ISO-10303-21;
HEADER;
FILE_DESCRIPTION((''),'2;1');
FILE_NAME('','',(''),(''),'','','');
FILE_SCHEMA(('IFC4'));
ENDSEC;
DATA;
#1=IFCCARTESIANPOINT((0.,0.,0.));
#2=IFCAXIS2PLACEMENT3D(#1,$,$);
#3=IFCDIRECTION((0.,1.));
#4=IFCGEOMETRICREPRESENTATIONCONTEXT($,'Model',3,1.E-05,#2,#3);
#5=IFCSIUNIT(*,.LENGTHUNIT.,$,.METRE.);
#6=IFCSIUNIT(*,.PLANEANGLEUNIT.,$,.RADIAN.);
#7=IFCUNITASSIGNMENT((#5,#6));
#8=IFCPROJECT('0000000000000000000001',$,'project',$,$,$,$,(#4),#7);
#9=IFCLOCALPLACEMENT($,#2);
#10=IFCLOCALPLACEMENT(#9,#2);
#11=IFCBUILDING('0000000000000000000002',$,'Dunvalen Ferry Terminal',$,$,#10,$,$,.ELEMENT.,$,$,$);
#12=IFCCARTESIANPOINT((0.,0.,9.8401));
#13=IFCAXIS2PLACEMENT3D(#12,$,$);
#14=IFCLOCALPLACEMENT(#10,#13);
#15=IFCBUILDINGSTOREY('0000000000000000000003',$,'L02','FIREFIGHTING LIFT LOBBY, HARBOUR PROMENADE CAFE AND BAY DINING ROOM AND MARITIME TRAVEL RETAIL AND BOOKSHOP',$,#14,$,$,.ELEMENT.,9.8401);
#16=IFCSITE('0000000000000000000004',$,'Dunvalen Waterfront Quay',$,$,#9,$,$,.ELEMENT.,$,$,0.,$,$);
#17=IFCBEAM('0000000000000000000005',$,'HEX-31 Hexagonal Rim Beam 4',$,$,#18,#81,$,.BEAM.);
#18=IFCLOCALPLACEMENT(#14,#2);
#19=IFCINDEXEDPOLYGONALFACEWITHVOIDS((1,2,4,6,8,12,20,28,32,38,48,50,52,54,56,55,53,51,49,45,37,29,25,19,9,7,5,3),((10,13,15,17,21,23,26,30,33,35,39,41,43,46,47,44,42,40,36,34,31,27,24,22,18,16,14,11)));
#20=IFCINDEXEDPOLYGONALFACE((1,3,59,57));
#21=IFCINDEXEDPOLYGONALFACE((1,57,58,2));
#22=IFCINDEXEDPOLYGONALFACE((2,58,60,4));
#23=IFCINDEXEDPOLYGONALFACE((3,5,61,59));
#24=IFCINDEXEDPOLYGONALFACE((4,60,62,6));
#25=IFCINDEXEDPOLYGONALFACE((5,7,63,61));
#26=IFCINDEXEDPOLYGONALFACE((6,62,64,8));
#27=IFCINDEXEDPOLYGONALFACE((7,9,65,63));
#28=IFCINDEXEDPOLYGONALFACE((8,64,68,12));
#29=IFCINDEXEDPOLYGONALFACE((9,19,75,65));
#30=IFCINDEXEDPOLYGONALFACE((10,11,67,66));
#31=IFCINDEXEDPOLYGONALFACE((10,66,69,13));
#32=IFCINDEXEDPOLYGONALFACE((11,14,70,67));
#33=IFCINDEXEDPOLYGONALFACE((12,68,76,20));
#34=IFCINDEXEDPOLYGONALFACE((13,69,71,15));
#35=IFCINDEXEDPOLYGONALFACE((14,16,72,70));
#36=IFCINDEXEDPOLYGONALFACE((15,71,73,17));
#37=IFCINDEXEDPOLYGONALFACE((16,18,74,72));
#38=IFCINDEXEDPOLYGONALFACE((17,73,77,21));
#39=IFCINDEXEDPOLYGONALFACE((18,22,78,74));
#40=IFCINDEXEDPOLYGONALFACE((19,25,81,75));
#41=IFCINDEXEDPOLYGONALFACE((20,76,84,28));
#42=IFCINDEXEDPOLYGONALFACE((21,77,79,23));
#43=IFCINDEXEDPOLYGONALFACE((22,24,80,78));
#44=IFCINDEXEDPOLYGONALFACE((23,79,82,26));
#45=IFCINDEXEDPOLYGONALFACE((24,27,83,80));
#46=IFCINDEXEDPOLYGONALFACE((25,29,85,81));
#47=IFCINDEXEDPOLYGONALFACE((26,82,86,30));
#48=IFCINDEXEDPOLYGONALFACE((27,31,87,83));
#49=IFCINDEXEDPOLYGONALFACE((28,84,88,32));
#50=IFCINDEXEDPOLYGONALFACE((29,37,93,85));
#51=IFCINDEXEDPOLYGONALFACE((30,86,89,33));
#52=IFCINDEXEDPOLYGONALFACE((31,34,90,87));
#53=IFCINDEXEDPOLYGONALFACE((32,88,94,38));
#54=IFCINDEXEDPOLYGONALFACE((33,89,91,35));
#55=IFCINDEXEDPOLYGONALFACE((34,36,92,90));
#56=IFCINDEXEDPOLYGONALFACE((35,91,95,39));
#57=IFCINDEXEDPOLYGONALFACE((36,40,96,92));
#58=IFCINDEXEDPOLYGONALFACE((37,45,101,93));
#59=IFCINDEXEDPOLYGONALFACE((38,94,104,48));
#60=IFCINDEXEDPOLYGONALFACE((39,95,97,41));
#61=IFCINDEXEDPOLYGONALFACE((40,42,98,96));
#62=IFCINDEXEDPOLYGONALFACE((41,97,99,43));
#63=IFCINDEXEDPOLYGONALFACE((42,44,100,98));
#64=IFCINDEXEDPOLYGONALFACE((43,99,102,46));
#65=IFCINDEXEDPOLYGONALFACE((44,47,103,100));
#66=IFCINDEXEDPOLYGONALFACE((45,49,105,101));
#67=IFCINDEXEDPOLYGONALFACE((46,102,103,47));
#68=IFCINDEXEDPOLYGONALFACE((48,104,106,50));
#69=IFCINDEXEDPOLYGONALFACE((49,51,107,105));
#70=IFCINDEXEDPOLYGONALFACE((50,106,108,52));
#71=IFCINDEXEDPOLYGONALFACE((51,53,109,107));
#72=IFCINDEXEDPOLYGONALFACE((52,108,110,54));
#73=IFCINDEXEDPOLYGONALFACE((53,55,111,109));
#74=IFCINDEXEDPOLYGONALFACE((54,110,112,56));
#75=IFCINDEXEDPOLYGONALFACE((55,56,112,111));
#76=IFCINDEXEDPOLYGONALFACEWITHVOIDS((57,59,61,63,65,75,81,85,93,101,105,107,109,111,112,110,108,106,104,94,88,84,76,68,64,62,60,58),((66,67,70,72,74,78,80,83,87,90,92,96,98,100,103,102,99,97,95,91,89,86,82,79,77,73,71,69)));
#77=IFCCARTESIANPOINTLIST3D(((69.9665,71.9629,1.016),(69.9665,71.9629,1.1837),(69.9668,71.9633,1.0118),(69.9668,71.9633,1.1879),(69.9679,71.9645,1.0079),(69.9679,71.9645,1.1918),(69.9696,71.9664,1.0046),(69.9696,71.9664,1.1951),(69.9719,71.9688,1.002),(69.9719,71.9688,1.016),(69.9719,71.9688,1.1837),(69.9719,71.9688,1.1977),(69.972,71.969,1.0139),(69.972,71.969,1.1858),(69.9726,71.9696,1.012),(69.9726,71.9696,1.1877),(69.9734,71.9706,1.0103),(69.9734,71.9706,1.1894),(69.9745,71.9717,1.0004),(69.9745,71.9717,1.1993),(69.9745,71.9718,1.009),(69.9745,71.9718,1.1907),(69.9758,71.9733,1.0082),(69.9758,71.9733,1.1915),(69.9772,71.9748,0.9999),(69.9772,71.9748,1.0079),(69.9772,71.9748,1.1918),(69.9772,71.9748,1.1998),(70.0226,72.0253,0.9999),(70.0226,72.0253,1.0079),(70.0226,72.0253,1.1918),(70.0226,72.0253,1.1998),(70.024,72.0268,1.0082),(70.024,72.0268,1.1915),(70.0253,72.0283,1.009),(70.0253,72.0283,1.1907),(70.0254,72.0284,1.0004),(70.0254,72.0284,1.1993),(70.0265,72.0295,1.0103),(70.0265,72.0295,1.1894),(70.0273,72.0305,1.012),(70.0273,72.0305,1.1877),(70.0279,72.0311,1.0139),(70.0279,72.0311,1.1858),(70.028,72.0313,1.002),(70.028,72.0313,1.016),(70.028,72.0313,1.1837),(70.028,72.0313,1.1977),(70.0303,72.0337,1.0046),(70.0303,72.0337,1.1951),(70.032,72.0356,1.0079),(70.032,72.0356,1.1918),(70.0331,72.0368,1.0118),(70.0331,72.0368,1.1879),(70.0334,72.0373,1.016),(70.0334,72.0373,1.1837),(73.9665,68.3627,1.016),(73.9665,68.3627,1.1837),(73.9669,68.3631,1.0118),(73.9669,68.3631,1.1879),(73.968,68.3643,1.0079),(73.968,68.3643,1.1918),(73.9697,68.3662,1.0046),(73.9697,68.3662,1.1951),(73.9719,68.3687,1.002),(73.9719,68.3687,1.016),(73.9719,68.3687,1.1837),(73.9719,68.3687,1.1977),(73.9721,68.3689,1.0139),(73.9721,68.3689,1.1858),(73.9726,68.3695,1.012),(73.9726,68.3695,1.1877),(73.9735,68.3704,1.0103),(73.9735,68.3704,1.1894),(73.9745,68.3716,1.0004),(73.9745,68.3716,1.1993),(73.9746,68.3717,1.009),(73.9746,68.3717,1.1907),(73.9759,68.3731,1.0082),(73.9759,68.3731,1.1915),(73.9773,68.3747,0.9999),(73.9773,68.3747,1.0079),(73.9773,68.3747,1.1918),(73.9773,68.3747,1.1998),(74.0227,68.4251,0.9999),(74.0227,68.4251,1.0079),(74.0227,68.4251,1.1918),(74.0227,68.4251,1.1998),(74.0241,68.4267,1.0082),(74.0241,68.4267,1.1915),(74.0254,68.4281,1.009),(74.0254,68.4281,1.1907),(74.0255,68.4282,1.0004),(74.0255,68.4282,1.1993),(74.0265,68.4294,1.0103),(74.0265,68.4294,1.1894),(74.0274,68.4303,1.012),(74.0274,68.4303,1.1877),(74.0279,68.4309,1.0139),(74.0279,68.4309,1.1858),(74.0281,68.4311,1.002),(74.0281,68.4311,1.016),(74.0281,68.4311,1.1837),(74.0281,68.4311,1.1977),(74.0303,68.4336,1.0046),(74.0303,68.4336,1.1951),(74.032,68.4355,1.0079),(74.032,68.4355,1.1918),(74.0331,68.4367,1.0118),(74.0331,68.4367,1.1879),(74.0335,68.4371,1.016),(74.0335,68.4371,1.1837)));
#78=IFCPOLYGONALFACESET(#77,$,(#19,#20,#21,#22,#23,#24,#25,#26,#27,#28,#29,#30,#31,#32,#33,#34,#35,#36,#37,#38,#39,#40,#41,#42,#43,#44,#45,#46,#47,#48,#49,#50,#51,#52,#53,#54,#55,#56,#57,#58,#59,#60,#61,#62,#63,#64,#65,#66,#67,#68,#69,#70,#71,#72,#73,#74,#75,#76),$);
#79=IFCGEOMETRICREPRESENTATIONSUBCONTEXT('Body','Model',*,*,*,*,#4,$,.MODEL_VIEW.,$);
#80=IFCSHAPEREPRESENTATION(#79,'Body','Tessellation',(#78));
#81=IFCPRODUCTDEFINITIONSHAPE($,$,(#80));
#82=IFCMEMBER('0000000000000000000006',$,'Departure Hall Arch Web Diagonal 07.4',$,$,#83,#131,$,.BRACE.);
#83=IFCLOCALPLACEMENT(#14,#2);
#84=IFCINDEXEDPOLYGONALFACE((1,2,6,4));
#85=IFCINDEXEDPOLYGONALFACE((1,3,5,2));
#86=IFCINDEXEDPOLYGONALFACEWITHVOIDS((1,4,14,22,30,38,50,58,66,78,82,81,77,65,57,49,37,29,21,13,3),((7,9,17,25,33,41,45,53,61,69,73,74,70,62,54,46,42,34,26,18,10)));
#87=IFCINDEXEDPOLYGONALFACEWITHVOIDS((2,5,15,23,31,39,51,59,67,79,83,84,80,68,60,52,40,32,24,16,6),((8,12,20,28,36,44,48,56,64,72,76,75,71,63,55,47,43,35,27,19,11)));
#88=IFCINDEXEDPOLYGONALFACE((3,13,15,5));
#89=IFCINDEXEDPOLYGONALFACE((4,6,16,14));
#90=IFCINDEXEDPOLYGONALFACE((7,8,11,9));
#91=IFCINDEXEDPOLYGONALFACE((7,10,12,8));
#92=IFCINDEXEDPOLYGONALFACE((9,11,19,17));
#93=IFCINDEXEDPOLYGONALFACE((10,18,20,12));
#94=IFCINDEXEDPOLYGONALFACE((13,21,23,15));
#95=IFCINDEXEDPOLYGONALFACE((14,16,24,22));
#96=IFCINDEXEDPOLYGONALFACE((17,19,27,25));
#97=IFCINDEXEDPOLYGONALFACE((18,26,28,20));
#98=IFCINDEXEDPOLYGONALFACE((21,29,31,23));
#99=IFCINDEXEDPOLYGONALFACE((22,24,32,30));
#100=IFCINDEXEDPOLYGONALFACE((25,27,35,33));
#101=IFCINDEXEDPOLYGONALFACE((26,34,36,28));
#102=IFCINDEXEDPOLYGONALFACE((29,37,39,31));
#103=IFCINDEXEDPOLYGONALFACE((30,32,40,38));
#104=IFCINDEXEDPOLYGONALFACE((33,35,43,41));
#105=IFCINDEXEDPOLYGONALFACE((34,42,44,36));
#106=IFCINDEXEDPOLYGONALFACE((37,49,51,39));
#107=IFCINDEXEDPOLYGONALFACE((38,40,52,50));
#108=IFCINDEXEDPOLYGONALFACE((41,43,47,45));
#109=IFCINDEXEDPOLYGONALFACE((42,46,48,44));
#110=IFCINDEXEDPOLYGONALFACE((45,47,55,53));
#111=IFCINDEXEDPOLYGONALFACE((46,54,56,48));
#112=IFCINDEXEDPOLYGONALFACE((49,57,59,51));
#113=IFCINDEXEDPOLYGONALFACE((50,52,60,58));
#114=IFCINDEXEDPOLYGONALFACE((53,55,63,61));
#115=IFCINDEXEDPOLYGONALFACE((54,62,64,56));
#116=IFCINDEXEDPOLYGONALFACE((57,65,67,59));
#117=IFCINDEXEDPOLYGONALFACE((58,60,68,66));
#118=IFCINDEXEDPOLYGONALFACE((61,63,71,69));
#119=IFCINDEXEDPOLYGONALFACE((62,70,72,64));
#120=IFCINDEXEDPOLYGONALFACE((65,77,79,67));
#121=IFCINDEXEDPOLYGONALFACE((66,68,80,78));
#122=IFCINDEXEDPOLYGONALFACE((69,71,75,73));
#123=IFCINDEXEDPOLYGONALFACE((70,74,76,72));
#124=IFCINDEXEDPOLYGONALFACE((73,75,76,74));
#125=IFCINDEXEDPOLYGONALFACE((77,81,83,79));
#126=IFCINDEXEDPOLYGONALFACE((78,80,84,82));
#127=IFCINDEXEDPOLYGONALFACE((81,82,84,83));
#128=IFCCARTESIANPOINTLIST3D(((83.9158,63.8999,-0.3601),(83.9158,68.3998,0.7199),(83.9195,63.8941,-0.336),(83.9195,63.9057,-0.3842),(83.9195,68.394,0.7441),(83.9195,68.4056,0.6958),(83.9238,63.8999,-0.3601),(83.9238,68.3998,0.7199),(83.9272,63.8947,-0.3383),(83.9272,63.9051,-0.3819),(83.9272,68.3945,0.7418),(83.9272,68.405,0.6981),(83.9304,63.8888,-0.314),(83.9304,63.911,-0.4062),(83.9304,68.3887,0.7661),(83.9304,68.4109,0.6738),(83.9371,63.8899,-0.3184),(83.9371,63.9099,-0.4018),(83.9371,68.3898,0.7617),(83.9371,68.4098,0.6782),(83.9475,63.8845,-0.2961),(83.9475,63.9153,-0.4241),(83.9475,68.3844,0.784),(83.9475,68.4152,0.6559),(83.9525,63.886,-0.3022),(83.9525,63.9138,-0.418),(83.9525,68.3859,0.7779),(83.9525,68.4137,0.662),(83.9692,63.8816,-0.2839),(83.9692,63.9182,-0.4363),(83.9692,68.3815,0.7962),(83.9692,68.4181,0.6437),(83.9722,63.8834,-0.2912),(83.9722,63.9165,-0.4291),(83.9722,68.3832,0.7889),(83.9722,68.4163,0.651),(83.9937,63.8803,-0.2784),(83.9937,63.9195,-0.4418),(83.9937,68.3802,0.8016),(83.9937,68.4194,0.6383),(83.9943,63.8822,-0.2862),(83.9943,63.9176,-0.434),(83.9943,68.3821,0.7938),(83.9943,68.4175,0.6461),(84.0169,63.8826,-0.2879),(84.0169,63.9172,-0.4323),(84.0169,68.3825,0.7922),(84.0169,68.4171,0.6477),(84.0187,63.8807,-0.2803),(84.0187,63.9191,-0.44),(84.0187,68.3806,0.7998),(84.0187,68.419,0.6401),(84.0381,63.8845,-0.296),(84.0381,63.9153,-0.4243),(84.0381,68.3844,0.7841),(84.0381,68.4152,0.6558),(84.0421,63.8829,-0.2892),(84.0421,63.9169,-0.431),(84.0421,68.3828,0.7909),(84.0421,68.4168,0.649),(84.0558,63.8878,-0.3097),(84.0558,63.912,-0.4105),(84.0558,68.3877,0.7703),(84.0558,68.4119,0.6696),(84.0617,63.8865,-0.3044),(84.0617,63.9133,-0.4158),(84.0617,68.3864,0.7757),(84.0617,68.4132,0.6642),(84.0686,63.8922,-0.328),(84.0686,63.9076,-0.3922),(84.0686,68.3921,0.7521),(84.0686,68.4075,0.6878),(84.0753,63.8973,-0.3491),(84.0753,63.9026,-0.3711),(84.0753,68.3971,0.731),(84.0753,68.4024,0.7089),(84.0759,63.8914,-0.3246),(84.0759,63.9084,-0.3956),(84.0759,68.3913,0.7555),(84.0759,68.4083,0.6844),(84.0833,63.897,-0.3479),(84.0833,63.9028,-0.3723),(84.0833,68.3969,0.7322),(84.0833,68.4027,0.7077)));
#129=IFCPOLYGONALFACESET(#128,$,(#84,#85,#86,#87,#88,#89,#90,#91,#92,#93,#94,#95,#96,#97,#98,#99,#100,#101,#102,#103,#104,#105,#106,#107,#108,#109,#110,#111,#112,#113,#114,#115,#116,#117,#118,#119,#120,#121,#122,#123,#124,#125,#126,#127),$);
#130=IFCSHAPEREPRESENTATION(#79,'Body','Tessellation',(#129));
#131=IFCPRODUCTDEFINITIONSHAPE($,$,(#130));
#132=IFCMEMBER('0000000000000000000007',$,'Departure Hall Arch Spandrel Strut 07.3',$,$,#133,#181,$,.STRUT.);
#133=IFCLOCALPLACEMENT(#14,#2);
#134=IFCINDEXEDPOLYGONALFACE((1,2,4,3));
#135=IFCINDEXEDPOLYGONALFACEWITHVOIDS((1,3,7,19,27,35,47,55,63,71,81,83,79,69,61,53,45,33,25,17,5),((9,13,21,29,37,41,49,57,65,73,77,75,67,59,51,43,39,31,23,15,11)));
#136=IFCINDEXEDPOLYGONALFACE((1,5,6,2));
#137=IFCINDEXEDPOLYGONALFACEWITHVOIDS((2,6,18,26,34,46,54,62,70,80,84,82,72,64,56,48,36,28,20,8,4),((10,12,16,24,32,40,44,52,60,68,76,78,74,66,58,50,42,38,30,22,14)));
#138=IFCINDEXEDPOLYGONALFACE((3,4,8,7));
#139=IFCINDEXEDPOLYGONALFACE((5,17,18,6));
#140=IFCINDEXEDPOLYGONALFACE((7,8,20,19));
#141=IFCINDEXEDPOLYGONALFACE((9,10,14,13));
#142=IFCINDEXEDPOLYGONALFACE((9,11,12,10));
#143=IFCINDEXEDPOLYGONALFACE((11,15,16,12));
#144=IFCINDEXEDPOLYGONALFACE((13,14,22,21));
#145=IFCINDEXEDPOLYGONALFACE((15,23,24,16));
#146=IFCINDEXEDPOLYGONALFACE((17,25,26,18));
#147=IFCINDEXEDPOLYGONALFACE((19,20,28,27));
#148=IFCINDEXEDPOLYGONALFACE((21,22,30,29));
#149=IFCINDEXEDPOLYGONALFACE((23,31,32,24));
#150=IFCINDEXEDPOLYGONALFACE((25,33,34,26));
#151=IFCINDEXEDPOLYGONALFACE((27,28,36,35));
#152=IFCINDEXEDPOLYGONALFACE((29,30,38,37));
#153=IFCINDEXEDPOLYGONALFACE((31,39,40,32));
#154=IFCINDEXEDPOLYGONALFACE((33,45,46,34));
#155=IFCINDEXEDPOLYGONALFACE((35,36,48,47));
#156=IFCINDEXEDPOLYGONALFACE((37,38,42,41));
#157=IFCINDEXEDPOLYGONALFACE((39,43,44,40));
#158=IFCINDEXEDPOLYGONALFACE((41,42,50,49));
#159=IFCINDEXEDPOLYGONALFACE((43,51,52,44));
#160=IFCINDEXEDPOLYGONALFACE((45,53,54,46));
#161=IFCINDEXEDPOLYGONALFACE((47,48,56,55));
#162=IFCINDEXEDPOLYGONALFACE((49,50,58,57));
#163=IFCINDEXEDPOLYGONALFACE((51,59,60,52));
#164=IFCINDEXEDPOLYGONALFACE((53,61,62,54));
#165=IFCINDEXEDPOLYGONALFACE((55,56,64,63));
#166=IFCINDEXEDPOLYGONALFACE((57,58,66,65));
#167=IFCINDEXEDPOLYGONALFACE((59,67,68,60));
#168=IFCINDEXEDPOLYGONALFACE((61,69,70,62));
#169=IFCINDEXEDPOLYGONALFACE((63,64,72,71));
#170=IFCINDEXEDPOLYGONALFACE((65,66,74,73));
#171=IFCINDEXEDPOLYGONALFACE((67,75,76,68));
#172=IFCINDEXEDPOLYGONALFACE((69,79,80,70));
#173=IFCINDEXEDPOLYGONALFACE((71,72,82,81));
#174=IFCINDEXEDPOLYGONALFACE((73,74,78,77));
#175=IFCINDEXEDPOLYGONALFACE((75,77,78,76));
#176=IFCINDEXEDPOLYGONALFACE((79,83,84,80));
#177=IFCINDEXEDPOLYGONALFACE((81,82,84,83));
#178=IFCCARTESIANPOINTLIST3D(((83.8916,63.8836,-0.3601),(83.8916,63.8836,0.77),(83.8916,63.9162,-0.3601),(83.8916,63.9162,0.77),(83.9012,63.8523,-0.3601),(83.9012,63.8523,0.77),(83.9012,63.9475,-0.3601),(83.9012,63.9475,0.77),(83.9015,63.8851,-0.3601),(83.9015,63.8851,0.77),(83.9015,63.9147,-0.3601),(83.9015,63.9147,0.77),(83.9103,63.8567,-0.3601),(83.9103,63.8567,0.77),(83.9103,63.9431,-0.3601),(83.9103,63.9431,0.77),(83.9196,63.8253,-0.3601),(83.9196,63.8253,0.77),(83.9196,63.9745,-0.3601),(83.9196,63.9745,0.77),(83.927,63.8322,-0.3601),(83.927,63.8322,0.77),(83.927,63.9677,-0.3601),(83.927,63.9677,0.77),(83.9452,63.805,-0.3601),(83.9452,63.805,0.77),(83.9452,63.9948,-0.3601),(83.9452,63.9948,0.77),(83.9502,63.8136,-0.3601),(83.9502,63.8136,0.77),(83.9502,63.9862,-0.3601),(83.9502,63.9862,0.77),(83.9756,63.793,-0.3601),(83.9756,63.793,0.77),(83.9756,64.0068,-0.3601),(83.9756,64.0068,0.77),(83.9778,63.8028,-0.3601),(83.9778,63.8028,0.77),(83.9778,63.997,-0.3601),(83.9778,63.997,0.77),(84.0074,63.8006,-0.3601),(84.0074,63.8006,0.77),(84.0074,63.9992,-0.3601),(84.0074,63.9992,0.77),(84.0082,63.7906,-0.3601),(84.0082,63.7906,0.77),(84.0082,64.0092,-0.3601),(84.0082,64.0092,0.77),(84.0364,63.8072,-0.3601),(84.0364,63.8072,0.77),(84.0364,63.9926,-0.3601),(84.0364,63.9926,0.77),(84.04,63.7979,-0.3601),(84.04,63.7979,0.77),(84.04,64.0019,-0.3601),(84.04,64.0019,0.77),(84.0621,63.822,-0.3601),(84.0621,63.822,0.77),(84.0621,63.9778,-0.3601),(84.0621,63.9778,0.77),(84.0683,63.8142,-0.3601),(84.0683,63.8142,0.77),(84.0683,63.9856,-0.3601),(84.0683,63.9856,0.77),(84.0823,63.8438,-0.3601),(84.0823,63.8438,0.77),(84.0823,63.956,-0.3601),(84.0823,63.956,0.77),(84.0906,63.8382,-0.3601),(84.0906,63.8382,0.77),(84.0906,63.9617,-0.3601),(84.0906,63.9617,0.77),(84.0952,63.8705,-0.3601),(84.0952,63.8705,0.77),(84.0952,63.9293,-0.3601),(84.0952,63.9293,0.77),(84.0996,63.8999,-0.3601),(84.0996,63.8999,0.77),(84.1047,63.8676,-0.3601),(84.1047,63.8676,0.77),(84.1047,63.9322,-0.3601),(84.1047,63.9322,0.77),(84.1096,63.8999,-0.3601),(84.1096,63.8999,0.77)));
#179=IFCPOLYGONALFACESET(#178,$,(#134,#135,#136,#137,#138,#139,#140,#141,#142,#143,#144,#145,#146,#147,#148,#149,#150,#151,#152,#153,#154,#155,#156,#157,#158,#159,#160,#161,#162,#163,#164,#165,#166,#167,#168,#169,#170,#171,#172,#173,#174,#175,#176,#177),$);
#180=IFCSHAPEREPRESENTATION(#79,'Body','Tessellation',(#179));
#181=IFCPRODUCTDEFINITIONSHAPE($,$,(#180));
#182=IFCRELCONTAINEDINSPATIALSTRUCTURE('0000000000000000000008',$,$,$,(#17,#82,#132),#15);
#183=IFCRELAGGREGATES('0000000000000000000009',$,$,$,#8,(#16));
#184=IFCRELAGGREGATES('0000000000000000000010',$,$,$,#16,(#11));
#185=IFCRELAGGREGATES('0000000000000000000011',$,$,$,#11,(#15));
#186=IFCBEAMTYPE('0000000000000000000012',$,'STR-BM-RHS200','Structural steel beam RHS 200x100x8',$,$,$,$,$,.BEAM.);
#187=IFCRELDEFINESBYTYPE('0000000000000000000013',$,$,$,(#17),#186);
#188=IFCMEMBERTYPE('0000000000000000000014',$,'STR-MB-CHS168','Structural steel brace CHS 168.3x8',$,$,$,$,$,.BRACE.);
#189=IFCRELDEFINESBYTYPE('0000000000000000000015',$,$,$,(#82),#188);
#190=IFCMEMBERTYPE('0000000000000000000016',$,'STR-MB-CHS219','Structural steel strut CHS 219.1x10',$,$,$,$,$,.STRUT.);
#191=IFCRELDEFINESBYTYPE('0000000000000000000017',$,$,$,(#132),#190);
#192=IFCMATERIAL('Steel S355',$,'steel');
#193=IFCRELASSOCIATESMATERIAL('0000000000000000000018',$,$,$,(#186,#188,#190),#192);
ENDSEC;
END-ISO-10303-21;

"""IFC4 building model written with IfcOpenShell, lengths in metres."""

from ifc_helpers import new_model, si_unit, direction, frame, origin, origin_2d, place, context, subcontext, project, spatial, hollow_rectangle, hollow_circle, extrude, material, material_profile, profile_set, type_object, element, save


model = new_model("IFC4")

# Units and contexts
model_context = context("Model", 3, precision=1e-05, world=origin(), true_north=direction((0.0, 1.0)))
body_context = subcontext(model_context, "Body", "Model", "MODEL_VIEW")
ifc_project = project(units=[si_unit("LENGTHUNIT", "METRE"), si_unit("PLANEANGLEUNIT", "RADIAN")], contexts=[model_context])

# Site, building, storey
site_placement = place(None, origin())
site = spatial("IfcSite", under=ifc_project, at=site_placement, Name="Dunvalen Waterfront Quay", CompositionType="ELEMENT", RefElevation=0.0)
building_placement = place(site_placement, origin())
building = spatial("IfcBuilding", under=site, at=building_placement, Name="Dunvalen Ferry Terminal", CompositionType="ELEMENT")
storey_placement = place(building_placement, frame((0.0, 0.0, 9.8401)))
storey = spatial("IfcBuildingStorey", under=building, at=storey_placement, Name="L02", Description="FIREFIGHTING LIFT LOBBY, HARBOUR PROMENADE CAFE AND BAY DINING ROOM AND MARITIME TRAVEL RETAIL AND BOOKSHOP", CompositionType="ELEMENT", Elevation=9.8401)

# Beam
ifc_material_1 = material(Name="Steel S355", Category="steel")
ifc_material_profile_1 = material_profile(ifc_material_1, hollow_rectangle(XDim=0.1001, YDim=0.2, WallThickness=0.0081, InnerFilletRadius=0.0081, OuterFilletRadius=0.0161, at=origin_2d()), Name="Steel S355")
ifc_profile_set_1 = profile_set([ifc_material_profile_1], Name="Steel S355")
beam_type_1 = type_object("IfcBeamType", Name="STR-BM-RHS200", Description="Structural steel beam RHS 200x100x8", PredefinedType="BEAM", material=ifc_profile_set_1)
beam_1_placement = place(storey_placement, frame((74.0, 68.3999, 1.0999), z_axis=(-0.743285, 0.668975, 0.0), x_axis=(-0.668975, -0.743285, 0.0)))
element("IfcBeam", 1, at=beam_1_placement, inside=storey, type_object=beam_type_1, Name="HEX-31 Hexagonal Rim Beam 4", PredefinedType="BEAM", context=body_context, shape_type="SweptSolid", body=[
    extrude(hollow_rectangle(XDim=0.1001, YDim=0.2, WallThickness=0.0081, InnerFilletRadius=0.0081, OuterFilletRadius=0.0161, at=origin_2d()), origin(), (0.0, 0.0, 1.0), 5.3816),
])

# Members
ifc_material_profile_2 = material_profile(ifc_material_1, hollow_circle(Radius=0.0842, WallThickness=0.0081, at=origin_2d()), Name="Steel S355")
ifc_profile_set_2 = profile_set([ifc_material_profile_2], Name="Steel S355")
member_type_1 = type_object("IfcMemberType", Name="STR-MB-CHS168", Description="Structural steel brace CHS 168.3x8", PredefinedType="BRACE", material=ifc_profile_set_2)
member_1_placement = place(storey_placement, frame((84.0, 63.8999, -0.3601), z_axis=(0.0, 0.972383, 0.233389), x_axis=(-1.0, 0.0, 0.0)))
element("IfcMember", 2, at=member_1_placement, inside=storey, type_object=member_type_1, Name="Departure Hall Arch Web Diagonal 07.4", PredefinedType="BRACE", context=body_context, shape_type="SweptSolid", body=[
    extrude(hollow_circle(Radius=0.0842, WallThickness=0.0081, at=origin_2d()), origin(), (0.0, 0.0, 1.0), 4.6277),
])
ifc_material_profile_3 = material_profile(ifc_material_1, hollow_circle(Radius=0.1096, WallThickness=0.01, at=origin_2d()), Name="Steel S355")
ifc_profile_set_3 = profile_set([ifc_material_profile_3], Name="Steel S355")
member_type_2 = type_object("IfcMemberType", Name="STR-MB-CHS219", Description="Structural steel strut CHS 219.1x10", PredefinedType="STRUT", material=ifc_profile_set_3)
member_2_placement = place(storey_placement, frame((84.0, 63.8999, -0.3601), z_axis=(0.0, 0.0, 1.0), x_axis=(1.0, 0.0, 0.0)))
element("IfcMember", 3, at=member_2_placement, inside=storey, type_object=member_type_2, Name="Departure Hall Arch Spandrel Strut 07.3", PredefinedType="STRUT", context=body_context, shape_type="SweptSolid", body=[
    extrude(hollow_circle(Radius=0.1096, WallThickness=0.01, at=origin_2d()), origin(), (0.0, 0.0, 1.0), 1.1301),
])

save(model, "model.ifc")
